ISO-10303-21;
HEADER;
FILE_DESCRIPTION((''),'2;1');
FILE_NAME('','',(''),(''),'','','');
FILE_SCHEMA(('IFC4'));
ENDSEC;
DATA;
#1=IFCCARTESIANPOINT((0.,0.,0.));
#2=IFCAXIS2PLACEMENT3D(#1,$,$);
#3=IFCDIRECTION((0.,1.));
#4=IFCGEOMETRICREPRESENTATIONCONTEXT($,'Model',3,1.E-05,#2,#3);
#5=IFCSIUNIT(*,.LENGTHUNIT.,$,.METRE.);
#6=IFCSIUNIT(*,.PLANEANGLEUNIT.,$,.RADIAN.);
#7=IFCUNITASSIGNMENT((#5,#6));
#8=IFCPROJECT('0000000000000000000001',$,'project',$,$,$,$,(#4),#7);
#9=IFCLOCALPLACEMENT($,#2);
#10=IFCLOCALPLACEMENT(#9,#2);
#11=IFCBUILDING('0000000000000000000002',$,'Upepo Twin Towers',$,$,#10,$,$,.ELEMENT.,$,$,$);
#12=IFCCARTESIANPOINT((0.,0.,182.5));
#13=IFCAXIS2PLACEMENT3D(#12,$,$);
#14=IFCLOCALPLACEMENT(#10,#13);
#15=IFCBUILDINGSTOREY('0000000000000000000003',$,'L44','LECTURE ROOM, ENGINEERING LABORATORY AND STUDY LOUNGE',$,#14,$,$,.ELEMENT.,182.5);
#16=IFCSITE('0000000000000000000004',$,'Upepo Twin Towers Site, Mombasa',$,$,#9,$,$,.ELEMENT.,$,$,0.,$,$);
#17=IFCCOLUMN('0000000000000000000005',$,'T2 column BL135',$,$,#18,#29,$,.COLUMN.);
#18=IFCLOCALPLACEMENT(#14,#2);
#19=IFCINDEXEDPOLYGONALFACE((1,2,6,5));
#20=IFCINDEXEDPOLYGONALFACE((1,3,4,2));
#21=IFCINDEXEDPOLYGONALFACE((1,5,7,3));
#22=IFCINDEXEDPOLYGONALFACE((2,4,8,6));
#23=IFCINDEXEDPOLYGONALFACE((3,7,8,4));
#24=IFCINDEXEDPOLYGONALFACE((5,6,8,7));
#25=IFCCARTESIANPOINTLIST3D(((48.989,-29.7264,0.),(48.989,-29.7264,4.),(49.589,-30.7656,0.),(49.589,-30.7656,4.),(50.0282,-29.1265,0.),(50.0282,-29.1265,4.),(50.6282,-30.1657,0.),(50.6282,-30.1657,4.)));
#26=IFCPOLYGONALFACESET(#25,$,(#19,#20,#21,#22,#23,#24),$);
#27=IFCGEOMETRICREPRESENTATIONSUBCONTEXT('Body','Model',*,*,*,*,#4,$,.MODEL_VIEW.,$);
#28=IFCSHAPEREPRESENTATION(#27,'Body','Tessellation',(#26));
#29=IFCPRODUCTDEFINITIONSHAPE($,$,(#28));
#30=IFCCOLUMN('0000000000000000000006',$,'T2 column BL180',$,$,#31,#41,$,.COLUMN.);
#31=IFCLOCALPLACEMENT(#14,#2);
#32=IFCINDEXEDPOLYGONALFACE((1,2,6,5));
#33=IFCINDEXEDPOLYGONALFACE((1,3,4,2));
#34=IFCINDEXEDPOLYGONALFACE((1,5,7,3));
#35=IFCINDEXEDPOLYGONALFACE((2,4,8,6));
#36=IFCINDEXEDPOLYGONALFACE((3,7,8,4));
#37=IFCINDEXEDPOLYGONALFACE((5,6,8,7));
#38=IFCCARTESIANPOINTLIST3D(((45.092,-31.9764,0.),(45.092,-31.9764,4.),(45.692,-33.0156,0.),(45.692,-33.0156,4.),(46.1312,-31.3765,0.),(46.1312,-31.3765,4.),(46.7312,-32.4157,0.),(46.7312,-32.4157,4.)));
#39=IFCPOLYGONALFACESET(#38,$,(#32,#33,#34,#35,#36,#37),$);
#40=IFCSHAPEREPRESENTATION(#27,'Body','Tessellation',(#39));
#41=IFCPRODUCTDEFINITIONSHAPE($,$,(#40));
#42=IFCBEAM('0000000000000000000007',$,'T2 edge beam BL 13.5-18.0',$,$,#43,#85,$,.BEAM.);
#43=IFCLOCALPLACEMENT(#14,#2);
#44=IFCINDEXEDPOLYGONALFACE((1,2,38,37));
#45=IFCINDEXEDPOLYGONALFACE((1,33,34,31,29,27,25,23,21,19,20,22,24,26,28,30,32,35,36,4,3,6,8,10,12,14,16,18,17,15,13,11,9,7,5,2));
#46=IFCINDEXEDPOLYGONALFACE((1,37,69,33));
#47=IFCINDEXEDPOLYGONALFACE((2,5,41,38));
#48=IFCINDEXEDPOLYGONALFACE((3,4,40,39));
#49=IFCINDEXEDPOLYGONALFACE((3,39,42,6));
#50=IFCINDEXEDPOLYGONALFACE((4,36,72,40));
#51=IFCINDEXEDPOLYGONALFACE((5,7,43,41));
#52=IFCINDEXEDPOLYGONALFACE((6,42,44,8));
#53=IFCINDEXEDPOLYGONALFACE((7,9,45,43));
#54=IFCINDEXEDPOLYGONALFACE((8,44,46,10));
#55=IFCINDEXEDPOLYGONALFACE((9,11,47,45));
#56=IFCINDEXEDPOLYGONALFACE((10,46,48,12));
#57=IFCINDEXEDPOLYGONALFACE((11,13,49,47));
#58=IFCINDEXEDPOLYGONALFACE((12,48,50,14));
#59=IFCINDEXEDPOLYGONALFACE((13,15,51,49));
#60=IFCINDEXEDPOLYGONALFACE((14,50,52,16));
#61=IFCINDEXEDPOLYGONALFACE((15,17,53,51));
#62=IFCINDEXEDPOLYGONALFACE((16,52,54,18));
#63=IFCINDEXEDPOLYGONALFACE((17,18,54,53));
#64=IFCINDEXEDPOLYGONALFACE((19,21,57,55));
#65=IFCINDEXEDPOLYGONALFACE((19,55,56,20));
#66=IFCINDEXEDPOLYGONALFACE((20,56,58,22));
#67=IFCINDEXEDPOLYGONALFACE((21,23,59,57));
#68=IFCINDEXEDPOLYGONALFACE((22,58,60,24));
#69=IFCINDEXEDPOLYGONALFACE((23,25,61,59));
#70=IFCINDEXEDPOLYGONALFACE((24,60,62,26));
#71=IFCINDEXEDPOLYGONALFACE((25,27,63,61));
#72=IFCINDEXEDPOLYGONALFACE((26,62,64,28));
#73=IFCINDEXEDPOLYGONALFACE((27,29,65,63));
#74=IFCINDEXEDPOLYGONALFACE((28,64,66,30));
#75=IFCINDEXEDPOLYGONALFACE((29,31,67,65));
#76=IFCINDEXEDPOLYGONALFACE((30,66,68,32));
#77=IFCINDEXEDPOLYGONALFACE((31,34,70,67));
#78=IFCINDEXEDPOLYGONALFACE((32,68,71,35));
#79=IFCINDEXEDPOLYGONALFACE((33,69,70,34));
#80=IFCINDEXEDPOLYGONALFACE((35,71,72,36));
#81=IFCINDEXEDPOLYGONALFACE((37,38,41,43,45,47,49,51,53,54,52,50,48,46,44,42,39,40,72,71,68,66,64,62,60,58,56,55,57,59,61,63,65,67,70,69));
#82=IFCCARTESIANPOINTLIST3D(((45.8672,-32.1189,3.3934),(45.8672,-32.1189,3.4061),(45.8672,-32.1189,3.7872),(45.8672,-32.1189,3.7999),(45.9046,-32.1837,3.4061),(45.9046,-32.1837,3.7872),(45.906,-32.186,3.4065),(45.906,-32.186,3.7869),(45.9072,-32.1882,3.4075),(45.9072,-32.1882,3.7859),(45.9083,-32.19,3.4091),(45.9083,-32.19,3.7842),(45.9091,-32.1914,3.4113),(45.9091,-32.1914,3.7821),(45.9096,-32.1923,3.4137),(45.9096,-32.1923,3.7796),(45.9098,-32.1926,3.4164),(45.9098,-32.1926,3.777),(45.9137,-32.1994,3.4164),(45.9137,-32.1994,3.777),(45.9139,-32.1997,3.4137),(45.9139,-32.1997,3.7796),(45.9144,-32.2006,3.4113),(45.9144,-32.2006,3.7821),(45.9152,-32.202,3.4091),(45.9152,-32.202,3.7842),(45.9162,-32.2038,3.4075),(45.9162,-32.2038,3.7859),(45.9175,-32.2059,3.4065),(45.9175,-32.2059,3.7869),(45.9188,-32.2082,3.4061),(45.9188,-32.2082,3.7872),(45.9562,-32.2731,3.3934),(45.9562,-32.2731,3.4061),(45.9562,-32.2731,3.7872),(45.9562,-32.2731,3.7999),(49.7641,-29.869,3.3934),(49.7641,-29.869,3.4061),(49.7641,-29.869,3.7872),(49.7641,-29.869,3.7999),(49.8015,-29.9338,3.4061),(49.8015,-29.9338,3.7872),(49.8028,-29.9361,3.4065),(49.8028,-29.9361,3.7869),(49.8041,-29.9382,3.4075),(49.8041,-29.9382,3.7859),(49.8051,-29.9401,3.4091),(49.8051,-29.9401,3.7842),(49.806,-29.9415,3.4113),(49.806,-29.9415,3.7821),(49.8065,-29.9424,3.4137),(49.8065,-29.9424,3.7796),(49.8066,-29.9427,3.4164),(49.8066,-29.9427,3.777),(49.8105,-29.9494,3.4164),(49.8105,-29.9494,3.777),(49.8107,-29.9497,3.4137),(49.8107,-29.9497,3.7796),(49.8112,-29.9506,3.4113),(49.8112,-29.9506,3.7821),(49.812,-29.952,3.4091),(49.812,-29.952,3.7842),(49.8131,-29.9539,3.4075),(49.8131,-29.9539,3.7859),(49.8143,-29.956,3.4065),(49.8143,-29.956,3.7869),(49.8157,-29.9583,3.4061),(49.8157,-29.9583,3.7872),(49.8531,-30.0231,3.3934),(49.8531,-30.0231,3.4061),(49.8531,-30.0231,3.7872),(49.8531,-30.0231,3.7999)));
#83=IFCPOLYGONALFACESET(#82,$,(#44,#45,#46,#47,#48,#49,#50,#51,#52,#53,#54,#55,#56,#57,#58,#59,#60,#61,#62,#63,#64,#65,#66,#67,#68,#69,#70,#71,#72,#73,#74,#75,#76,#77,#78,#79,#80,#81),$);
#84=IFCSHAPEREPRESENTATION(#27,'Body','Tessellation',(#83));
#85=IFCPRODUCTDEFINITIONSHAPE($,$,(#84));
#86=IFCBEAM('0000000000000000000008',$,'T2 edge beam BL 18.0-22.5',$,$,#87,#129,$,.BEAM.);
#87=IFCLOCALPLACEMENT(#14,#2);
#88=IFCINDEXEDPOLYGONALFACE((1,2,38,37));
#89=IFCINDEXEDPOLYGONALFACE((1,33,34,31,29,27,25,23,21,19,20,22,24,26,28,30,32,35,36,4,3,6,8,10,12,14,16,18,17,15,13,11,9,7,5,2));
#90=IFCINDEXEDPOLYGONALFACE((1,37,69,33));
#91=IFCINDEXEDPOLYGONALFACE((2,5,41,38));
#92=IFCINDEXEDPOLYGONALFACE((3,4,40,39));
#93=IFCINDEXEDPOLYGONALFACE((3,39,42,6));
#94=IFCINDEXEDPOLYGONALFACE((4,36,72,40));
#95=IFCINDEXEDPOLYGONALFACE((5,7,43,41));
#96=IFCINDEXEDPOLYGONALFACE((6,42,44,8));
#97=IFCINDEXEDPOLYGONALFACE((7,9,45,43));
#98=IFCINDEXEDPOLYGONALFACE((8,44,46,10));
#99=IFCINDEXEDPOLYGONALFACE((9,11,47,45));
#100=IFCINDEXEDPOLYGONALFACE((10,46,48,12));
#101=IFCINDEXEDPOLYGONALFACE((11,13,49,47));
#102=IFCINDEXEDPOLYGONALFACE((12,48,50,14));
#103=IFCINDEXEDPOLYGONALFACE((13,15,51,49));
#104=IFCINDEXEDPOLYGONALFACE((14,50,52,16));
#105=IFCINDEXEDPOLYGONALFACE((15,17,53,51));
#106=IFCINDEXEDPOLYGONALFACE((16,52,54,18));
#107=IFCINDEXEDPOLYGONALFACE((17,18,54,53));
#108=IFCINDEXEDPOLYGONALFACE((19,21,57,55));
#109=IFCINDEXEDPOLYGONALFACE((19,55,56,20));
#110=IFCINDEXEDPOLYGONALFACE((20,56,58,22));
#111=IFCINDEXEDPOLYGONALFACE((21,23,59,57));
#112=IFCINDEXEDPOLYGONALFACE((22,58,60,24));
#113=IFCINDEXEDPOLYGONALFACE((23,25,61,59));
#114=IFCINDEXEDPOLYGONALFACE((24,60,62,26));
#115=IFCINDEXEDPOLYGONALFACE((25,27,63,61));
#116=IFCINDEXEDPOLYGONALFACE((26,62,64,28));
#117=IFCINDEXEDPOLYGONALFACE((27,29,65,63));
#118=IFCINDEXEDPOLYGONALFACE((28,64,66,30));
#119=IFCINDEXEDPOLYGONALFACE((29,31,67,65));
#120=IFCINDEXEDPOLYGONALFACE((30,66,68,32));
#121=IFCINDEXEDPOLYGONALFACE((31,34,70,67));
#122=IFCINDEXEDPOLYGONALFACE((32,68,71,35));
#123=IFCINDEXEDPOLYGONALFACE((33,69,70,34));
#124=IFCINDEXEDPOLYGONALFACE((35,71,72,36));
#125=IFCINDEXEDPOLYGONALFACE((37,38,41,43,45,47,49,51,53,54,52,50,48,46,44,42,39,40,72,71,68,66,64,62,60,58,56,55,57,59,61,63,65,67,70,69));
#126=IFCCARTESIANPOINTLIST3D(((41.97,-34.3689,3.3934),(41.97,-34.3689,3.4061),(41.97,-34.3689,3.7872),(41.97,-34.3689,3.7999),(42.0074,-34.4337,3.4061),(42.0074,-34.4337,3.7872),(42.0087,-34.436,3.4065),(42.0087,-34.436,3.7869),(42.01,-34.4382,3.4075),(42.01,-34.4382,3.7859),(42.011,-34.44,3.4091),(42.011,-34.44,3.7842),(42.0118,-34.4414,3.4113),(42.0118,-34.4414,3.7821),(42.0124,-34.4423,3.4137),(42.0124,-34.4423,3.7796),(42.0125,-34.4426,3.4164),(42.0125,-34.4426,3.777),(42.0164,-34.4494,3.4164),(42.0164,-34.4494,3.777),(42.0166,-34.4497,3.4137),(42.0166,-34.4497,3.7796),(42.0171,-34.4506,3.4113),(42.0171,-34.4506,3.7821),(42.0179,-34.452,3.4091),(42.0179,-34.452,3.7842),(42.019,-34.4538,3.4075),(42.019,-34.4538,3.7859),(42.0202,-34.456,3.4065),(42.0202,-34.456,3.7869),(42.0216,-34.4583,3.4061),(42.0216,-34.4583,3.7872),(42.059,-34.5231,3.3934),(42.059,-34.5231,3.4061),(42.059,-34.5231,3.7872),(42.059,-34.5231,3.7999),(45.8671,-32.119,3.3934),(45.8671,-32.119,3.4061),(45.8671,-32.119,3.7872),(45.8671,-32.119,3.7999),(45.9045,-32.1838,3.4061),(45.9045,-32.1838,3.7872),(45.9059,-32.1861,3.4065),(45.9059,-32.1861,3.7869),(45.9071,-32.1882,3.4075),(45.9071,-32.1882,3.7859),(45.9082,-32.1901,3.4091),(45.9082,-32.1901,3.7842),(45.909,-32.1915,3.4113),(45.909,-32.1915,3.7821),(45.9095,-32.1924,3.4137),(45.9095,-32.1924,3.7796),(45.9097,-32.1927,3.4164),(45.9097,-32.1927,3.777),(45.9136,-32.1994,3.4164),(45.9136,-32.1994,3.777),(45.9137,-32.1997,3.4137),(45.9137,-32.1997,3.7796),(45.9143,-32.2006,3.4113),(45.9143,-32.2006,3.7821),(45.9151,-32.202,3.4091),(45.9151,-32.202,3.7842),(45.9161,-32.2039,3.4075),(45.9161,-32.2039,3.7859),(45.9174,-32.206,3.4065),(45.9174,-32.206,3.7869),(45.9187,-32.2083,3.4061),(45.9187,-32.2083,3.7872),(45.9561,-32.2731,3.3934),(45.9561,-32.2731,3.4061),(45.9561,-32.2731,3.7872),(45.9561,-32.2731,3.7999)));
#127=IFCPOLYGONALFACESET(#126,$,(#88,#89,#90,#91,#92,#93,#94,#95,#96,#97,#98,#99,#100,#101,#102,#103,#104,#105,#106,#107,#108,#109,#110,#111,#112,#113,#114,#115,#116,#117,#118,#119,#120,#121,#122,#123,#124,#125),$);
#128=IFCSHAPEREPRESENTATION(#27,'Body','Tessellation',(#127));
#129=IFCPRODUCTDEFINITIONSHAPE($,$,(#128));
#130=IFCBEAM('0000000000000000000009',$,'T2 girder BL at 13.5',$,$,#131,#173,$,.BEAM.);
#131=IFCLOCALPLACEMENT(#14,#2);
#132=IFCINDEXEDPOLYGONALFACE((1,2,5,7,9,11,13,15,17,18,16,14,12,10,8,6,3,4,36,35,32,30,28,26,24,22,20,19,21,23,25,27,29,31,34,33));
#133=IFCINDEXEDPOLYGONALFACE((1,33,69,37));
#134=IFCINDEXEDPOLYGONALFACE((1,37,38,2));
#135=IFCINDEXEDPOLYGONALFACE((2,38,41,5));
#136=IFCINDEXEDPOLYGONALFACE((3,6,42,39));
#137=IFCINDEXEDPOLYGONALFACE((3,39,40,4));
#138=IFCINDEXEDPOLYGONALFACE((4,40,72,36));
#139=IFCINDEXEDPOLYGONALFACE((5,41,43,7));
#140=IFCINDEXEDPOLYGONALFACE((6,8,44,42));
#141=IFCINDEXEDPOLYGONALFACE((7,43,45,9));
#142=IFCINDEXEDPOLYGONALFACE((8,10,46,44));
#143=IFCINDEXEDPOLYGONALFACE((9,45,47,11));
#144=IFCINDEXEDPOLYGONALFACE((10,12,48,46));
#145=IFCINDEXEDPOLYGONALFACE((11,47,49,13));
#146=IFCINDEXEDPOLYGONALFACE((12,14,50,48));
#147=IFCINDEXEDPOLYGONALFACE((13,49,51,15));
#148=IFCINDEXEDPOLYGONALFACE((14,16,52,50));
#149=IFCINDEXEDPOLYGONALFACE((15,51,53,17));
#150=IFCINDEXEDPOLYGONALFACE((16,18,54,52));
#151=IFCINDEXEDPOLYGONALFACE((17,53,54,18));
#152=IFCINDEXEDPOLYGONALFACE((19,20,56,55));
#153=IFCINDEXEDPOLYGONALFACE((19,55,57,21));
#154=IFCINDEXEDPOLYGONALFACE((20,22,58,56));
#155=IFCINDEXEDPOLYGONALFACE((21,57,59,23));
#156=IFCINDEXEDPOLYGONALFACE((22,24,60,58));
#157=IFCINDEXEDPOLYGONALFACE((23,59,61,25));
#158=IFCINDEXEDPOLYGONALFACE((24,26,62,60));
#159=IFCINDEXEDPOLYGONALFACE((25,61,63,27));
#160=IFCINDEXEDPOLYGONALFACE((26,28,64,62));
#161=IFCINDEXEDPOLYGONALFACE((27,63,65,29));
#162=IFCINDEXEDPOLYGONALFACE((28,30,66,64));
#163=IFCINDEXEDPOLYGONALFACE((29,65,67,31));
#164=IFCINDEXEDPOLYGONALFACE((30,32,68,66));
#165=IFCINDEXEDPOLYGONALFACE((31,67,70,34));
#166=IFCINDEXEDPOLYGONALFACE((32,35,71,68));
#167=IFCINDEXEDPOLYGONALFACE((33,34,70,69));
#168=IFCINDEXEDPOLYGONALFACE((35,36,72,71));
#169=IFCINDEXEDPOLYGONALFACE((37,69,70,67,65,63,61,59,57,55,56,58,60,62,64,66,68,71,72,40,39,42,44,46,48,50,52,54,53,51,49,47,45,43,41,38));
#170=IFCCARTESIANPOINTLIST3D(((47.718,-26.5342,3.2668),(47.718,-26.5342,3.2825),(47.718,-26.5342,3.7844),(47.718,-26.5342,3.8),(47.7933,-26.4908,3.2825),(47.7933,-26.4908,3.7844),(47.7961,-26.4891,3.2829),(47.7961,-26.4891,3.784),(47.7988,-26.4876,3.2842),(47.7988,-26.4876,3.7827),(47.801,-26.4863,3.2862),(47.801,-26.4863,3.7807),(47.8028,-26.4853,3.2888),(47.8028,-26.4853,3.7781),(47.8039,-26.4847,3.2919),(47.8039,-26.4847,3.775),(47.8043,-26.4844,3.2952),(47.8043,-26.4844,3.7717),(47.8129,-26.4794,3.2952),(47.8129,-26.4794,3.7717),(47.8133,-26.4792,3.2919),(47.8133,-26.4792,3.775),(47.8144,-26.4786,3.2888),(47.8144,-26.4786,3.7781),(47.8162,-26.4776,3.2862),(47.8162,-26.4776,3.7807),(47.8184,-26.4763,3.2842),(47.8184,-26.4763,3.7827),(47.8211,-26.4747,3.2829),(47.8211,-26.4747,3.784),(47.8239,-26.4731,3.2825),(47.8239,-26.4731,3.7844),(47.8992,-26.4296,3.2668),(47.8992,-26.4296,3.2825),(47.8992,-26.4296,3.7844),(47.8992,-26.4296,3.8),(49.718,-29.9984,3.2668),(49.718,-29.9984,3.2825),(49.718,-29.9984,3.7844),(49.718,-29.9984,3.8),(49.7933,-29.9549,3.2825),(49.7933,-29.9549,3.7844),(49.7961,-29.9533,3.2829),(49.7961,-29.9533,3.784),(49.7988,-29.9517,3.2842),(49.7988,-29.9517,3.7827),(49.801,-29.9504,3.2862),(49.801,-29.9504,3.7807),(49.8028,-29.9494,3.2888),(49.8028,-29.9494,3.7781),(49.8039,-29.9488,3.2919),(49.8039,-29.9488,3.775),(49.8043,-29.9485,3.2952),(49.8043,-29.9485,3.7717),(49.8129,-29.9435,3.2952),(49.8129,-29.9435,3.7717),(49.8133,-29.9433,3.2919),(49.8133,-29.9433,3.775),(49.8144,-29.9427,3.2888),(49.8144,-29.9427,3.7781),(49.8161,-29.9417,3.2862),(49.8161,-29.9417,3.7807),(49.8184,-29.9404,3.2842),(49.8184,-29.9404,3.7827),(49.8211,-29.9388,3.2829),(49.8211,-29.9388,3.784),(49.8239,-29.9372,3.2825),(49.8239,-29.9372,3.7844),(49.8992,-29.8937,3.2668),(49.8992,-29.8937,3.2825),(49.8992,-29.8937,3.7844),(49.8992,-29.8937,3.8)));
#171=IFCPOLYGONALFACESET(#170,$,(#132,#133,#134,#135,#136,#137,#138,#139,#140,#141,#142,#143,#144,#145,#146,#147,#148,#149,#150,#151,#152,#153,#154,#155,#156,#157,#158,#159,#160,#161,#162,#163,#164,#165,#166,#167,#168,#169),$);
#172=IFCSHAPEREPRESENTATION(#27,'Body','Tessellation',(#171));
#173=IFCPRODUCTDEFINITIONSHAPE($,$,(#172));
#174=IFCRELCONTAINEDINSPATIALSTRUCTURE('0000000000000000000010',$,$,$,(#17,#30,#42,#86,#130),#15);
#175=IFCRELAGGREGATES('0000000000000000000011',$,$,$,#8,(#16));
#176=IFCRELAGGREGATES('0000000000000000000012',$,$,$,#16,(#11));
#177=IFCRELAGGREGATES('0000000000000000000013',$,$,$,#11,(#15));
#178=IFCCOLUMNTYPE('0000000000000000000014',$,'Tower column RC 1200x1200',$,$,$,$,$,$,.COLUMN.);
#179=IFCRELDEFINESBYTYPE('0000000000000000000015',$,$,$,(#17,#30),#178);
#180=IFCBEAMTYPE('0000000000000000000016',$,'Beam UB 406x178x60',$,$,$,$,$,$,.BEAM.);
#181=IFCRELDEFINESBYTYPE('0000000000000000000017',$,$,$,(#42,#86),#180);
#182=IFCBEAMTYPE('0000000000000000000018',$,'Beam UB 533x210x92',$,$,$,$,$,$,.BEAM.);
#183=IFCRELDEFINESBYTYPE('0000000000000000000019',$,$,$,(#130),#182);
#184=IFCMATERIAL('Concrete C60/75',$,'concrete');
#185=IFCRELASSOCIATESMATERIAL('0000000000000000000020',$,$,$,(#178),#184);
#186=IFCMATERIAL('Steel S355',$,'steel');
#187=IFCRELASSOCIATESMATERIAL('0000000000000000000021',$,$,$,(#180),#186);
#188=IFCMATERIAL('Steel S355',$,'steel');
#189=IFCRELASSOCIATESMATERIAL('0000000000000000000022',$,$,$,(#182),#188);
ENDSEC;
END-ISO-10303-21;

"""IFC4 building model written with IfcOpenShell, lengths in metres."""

from ifc_helpers import new_model, si_unit, direction, frame, origin, origin_2d, place, context, subcontext, project, spatial, rectangle, i_section, extrude, material, material_profile, profile_set, type_object, element, save


model = new_model("IFC4")

# Units and contexts
model_context = context("Model", 3, precision=1e-05, world=origin(), true_north=direction((0.0, 1.0)))
body_context = subcontext(model_context, "Body", "Model", "MODEL_VIEW")
ifc_project = project(units=[si_unit("LENGTHUNIT", "METRE"), si_unit("PLANEANGLEUNIT", "RADIAN")], contexts=[model_context])

# Site, building, storey
site_placement = place(None, origin())
site = spatial("IfcSite", under=ifc_project, at=site_placement, Name="Upepo Twin Towers Site, Mombasa", CompositionType="ELEMENT", RefElevation=0.0)
building_placement = place(site_placement, origin())
building = spatial("IfcBuilding", under=site, at=building_placement, Name="Upepo Twin Towers", CompositionType="ELEMENT")
storey_placement = place(building_placement, frame((0.0, 0.0, 182.5)))
storey = spatial("IfcBuildingStorey", under=building, at=storey_placement, Name="L44", Description="LECTURE ROOM, ENGINEERING LABORATORY AND STUDY LOUNGE", CompositionType="ELEMENT", Elevation=182.5)

# Columns
ifc_material_1 = material(Name="Concrete C60/75", Category="concrete")
ifc_material_profile_1 = material_profile(ifc_material_1, rectangle(XDim=1.2, YDim=1.2, at=origin_2d()), Name="RC 1200x1200")
ifc_profile_set_1 = profile_set([ifc_material_profile_1], Name="Concrete C60/75")
column_type = type_object("IfcColumnType", Name="Tower column RC 1200x1200", PredefinedType="COLUMN", material=ifc_profile_set_1)
for number, where, z_axis, x_axis, name in (
    (1, (49.8086, -29.946, 0.0), (0.0, 0.0, 1.0), (0.866025, 0.5, 0.0), "T2 column BL135"),
    (2, (45.9116, -32.196, 0.0), (0.0, 0.0, 1.0), (0.866025, 0.5, 0.0), "T2 column BL180"),
):
    element("IfcColumn", number, at=place(storey_placement, frame(where, z_axis=z_axis, x_axis=x_axis)), inside=storey, type_object=column_type, Name=name, PredefinedType="COLUMN", context=body_context, shape_type="SweptSolid", body=[
        extrude(rectangle(XDim=1.2, YDim=1.2, at=origin_2d()), origin(), (0.0, 0.0, 1.0), 4.0),
    ])

# Beams
ifc_material_2 = material(Name="Steel S355", Category="steel")
ifc_material_profile_2 = material_profile(ifc_material_2, i_section(OverallWidth=0.178, OverallDepth=0.4065, WebThickness=0.0078, FlangeThickness=0.0127, FilletRadius=0.0103, at=origin_2d()), Name="UB 406x178x60")
ifc_profile_set_2 = profile_set([ifc_material_profile_2], Name="Steel S355")
beam_type_1 = type_object("IfcBeamType", Name="Beam UB 406x178x60", PredefinedType="BEAM", material=ifc_profile_set_2)
beam_1_placement = place(storey_placement, frame((49.8086, -29.946, 3.5967), z_axis=(-0.866018, -0.500014, 0.0), x_axis=(0.500014, -0.866018, 0.0)))
element("IfcBeam", 3, at=beam_1_placement, inside=storey, type_object=beam_type_1, Name="T2 edge beam BL 13.5-18.0", PredefinedType="BEAM", context=body_context, shape_type="SweptSolid", body=[
    extrude(i_section(OverallWidth=0.178, OverallDepth=0.4065, WebThickness=0.0078, FlangeThickness=0.0127, FilletRadius=0.0103, at=origin_2d()), origin(), (0.0, 0.0, 1.0), 4.4998),
])
beam_2_placement = place(storey_placement, frame((45.9116, -32.196, 3.5967), z_axis=(-0.866031, -0.49999, 0.0), x_axis=(0.49999, -0.866031, 0.0)))
element("IfcBeam", 4, at=beam_2_placement, inside=storey, type_object=beam_type_1, Name="T2 edge beam BL 18.0-22.5", PredefinedType="BEAM", context=body_context, shape_type="SweptSolid", body=[
    extrude(i_section(OverallWidth=0.178, OverallDepth=0.4065, WebThickness=0.0078, FlangeThickness=0.0127, FilletRadius=0.0103, at=origin_2d()), origin(), (0.0, 0.0, 1.0), 4.5),
])
ifc_material_3 = material(Name="Steel S355", Category="steel")
ifc_material_profile_3 = material_profile(ifc_material_3, i_section(OverallWidth=0.2092, OverallDepth=0.5332, WebThickness=0.01, FlangeThickness=0.0156, FilletRadius=0.0127, at=origin_2d()), Name="UB 533x210x92")
ifc_profile_set_3 = profile_set([ifc_material_profile_3], Name="Steel S355")
beam_type_2 = type_object("IfcBeamType", Name="Beam UB 533x210x92", PredefinedType="BEAM", material=ifc_profile_set_3)
for number, where, z_axis, x_axis, name in (
    (5, (49.8086, -29.946, 3.5334), (-0.499999, 0.866026, 0.0), (-0.866026, -0.499999, 0.0), "T2 girder BL at 13.5"),
):
    element("IfcBeam", number, at=place(storey_placement, frame(where, z_axis=z_axis, x_axis=x_axis)), inside=storey, type_object=beam_type_2, Name=name, PredefinedType="BEAM", context=body_context, shape_type="SweptSolid", body=[
        extrude(i_section(OverallWidth=0.2092, OverallDepth=0.5332, WebThickness=0.01, FlangeThickness=0.0156, FilletRadius=0.0127, at=origin_2d()), origin(), (0.0, 0.0, 1.0), 4.0),
    ])

save(model, "model.ifc")
